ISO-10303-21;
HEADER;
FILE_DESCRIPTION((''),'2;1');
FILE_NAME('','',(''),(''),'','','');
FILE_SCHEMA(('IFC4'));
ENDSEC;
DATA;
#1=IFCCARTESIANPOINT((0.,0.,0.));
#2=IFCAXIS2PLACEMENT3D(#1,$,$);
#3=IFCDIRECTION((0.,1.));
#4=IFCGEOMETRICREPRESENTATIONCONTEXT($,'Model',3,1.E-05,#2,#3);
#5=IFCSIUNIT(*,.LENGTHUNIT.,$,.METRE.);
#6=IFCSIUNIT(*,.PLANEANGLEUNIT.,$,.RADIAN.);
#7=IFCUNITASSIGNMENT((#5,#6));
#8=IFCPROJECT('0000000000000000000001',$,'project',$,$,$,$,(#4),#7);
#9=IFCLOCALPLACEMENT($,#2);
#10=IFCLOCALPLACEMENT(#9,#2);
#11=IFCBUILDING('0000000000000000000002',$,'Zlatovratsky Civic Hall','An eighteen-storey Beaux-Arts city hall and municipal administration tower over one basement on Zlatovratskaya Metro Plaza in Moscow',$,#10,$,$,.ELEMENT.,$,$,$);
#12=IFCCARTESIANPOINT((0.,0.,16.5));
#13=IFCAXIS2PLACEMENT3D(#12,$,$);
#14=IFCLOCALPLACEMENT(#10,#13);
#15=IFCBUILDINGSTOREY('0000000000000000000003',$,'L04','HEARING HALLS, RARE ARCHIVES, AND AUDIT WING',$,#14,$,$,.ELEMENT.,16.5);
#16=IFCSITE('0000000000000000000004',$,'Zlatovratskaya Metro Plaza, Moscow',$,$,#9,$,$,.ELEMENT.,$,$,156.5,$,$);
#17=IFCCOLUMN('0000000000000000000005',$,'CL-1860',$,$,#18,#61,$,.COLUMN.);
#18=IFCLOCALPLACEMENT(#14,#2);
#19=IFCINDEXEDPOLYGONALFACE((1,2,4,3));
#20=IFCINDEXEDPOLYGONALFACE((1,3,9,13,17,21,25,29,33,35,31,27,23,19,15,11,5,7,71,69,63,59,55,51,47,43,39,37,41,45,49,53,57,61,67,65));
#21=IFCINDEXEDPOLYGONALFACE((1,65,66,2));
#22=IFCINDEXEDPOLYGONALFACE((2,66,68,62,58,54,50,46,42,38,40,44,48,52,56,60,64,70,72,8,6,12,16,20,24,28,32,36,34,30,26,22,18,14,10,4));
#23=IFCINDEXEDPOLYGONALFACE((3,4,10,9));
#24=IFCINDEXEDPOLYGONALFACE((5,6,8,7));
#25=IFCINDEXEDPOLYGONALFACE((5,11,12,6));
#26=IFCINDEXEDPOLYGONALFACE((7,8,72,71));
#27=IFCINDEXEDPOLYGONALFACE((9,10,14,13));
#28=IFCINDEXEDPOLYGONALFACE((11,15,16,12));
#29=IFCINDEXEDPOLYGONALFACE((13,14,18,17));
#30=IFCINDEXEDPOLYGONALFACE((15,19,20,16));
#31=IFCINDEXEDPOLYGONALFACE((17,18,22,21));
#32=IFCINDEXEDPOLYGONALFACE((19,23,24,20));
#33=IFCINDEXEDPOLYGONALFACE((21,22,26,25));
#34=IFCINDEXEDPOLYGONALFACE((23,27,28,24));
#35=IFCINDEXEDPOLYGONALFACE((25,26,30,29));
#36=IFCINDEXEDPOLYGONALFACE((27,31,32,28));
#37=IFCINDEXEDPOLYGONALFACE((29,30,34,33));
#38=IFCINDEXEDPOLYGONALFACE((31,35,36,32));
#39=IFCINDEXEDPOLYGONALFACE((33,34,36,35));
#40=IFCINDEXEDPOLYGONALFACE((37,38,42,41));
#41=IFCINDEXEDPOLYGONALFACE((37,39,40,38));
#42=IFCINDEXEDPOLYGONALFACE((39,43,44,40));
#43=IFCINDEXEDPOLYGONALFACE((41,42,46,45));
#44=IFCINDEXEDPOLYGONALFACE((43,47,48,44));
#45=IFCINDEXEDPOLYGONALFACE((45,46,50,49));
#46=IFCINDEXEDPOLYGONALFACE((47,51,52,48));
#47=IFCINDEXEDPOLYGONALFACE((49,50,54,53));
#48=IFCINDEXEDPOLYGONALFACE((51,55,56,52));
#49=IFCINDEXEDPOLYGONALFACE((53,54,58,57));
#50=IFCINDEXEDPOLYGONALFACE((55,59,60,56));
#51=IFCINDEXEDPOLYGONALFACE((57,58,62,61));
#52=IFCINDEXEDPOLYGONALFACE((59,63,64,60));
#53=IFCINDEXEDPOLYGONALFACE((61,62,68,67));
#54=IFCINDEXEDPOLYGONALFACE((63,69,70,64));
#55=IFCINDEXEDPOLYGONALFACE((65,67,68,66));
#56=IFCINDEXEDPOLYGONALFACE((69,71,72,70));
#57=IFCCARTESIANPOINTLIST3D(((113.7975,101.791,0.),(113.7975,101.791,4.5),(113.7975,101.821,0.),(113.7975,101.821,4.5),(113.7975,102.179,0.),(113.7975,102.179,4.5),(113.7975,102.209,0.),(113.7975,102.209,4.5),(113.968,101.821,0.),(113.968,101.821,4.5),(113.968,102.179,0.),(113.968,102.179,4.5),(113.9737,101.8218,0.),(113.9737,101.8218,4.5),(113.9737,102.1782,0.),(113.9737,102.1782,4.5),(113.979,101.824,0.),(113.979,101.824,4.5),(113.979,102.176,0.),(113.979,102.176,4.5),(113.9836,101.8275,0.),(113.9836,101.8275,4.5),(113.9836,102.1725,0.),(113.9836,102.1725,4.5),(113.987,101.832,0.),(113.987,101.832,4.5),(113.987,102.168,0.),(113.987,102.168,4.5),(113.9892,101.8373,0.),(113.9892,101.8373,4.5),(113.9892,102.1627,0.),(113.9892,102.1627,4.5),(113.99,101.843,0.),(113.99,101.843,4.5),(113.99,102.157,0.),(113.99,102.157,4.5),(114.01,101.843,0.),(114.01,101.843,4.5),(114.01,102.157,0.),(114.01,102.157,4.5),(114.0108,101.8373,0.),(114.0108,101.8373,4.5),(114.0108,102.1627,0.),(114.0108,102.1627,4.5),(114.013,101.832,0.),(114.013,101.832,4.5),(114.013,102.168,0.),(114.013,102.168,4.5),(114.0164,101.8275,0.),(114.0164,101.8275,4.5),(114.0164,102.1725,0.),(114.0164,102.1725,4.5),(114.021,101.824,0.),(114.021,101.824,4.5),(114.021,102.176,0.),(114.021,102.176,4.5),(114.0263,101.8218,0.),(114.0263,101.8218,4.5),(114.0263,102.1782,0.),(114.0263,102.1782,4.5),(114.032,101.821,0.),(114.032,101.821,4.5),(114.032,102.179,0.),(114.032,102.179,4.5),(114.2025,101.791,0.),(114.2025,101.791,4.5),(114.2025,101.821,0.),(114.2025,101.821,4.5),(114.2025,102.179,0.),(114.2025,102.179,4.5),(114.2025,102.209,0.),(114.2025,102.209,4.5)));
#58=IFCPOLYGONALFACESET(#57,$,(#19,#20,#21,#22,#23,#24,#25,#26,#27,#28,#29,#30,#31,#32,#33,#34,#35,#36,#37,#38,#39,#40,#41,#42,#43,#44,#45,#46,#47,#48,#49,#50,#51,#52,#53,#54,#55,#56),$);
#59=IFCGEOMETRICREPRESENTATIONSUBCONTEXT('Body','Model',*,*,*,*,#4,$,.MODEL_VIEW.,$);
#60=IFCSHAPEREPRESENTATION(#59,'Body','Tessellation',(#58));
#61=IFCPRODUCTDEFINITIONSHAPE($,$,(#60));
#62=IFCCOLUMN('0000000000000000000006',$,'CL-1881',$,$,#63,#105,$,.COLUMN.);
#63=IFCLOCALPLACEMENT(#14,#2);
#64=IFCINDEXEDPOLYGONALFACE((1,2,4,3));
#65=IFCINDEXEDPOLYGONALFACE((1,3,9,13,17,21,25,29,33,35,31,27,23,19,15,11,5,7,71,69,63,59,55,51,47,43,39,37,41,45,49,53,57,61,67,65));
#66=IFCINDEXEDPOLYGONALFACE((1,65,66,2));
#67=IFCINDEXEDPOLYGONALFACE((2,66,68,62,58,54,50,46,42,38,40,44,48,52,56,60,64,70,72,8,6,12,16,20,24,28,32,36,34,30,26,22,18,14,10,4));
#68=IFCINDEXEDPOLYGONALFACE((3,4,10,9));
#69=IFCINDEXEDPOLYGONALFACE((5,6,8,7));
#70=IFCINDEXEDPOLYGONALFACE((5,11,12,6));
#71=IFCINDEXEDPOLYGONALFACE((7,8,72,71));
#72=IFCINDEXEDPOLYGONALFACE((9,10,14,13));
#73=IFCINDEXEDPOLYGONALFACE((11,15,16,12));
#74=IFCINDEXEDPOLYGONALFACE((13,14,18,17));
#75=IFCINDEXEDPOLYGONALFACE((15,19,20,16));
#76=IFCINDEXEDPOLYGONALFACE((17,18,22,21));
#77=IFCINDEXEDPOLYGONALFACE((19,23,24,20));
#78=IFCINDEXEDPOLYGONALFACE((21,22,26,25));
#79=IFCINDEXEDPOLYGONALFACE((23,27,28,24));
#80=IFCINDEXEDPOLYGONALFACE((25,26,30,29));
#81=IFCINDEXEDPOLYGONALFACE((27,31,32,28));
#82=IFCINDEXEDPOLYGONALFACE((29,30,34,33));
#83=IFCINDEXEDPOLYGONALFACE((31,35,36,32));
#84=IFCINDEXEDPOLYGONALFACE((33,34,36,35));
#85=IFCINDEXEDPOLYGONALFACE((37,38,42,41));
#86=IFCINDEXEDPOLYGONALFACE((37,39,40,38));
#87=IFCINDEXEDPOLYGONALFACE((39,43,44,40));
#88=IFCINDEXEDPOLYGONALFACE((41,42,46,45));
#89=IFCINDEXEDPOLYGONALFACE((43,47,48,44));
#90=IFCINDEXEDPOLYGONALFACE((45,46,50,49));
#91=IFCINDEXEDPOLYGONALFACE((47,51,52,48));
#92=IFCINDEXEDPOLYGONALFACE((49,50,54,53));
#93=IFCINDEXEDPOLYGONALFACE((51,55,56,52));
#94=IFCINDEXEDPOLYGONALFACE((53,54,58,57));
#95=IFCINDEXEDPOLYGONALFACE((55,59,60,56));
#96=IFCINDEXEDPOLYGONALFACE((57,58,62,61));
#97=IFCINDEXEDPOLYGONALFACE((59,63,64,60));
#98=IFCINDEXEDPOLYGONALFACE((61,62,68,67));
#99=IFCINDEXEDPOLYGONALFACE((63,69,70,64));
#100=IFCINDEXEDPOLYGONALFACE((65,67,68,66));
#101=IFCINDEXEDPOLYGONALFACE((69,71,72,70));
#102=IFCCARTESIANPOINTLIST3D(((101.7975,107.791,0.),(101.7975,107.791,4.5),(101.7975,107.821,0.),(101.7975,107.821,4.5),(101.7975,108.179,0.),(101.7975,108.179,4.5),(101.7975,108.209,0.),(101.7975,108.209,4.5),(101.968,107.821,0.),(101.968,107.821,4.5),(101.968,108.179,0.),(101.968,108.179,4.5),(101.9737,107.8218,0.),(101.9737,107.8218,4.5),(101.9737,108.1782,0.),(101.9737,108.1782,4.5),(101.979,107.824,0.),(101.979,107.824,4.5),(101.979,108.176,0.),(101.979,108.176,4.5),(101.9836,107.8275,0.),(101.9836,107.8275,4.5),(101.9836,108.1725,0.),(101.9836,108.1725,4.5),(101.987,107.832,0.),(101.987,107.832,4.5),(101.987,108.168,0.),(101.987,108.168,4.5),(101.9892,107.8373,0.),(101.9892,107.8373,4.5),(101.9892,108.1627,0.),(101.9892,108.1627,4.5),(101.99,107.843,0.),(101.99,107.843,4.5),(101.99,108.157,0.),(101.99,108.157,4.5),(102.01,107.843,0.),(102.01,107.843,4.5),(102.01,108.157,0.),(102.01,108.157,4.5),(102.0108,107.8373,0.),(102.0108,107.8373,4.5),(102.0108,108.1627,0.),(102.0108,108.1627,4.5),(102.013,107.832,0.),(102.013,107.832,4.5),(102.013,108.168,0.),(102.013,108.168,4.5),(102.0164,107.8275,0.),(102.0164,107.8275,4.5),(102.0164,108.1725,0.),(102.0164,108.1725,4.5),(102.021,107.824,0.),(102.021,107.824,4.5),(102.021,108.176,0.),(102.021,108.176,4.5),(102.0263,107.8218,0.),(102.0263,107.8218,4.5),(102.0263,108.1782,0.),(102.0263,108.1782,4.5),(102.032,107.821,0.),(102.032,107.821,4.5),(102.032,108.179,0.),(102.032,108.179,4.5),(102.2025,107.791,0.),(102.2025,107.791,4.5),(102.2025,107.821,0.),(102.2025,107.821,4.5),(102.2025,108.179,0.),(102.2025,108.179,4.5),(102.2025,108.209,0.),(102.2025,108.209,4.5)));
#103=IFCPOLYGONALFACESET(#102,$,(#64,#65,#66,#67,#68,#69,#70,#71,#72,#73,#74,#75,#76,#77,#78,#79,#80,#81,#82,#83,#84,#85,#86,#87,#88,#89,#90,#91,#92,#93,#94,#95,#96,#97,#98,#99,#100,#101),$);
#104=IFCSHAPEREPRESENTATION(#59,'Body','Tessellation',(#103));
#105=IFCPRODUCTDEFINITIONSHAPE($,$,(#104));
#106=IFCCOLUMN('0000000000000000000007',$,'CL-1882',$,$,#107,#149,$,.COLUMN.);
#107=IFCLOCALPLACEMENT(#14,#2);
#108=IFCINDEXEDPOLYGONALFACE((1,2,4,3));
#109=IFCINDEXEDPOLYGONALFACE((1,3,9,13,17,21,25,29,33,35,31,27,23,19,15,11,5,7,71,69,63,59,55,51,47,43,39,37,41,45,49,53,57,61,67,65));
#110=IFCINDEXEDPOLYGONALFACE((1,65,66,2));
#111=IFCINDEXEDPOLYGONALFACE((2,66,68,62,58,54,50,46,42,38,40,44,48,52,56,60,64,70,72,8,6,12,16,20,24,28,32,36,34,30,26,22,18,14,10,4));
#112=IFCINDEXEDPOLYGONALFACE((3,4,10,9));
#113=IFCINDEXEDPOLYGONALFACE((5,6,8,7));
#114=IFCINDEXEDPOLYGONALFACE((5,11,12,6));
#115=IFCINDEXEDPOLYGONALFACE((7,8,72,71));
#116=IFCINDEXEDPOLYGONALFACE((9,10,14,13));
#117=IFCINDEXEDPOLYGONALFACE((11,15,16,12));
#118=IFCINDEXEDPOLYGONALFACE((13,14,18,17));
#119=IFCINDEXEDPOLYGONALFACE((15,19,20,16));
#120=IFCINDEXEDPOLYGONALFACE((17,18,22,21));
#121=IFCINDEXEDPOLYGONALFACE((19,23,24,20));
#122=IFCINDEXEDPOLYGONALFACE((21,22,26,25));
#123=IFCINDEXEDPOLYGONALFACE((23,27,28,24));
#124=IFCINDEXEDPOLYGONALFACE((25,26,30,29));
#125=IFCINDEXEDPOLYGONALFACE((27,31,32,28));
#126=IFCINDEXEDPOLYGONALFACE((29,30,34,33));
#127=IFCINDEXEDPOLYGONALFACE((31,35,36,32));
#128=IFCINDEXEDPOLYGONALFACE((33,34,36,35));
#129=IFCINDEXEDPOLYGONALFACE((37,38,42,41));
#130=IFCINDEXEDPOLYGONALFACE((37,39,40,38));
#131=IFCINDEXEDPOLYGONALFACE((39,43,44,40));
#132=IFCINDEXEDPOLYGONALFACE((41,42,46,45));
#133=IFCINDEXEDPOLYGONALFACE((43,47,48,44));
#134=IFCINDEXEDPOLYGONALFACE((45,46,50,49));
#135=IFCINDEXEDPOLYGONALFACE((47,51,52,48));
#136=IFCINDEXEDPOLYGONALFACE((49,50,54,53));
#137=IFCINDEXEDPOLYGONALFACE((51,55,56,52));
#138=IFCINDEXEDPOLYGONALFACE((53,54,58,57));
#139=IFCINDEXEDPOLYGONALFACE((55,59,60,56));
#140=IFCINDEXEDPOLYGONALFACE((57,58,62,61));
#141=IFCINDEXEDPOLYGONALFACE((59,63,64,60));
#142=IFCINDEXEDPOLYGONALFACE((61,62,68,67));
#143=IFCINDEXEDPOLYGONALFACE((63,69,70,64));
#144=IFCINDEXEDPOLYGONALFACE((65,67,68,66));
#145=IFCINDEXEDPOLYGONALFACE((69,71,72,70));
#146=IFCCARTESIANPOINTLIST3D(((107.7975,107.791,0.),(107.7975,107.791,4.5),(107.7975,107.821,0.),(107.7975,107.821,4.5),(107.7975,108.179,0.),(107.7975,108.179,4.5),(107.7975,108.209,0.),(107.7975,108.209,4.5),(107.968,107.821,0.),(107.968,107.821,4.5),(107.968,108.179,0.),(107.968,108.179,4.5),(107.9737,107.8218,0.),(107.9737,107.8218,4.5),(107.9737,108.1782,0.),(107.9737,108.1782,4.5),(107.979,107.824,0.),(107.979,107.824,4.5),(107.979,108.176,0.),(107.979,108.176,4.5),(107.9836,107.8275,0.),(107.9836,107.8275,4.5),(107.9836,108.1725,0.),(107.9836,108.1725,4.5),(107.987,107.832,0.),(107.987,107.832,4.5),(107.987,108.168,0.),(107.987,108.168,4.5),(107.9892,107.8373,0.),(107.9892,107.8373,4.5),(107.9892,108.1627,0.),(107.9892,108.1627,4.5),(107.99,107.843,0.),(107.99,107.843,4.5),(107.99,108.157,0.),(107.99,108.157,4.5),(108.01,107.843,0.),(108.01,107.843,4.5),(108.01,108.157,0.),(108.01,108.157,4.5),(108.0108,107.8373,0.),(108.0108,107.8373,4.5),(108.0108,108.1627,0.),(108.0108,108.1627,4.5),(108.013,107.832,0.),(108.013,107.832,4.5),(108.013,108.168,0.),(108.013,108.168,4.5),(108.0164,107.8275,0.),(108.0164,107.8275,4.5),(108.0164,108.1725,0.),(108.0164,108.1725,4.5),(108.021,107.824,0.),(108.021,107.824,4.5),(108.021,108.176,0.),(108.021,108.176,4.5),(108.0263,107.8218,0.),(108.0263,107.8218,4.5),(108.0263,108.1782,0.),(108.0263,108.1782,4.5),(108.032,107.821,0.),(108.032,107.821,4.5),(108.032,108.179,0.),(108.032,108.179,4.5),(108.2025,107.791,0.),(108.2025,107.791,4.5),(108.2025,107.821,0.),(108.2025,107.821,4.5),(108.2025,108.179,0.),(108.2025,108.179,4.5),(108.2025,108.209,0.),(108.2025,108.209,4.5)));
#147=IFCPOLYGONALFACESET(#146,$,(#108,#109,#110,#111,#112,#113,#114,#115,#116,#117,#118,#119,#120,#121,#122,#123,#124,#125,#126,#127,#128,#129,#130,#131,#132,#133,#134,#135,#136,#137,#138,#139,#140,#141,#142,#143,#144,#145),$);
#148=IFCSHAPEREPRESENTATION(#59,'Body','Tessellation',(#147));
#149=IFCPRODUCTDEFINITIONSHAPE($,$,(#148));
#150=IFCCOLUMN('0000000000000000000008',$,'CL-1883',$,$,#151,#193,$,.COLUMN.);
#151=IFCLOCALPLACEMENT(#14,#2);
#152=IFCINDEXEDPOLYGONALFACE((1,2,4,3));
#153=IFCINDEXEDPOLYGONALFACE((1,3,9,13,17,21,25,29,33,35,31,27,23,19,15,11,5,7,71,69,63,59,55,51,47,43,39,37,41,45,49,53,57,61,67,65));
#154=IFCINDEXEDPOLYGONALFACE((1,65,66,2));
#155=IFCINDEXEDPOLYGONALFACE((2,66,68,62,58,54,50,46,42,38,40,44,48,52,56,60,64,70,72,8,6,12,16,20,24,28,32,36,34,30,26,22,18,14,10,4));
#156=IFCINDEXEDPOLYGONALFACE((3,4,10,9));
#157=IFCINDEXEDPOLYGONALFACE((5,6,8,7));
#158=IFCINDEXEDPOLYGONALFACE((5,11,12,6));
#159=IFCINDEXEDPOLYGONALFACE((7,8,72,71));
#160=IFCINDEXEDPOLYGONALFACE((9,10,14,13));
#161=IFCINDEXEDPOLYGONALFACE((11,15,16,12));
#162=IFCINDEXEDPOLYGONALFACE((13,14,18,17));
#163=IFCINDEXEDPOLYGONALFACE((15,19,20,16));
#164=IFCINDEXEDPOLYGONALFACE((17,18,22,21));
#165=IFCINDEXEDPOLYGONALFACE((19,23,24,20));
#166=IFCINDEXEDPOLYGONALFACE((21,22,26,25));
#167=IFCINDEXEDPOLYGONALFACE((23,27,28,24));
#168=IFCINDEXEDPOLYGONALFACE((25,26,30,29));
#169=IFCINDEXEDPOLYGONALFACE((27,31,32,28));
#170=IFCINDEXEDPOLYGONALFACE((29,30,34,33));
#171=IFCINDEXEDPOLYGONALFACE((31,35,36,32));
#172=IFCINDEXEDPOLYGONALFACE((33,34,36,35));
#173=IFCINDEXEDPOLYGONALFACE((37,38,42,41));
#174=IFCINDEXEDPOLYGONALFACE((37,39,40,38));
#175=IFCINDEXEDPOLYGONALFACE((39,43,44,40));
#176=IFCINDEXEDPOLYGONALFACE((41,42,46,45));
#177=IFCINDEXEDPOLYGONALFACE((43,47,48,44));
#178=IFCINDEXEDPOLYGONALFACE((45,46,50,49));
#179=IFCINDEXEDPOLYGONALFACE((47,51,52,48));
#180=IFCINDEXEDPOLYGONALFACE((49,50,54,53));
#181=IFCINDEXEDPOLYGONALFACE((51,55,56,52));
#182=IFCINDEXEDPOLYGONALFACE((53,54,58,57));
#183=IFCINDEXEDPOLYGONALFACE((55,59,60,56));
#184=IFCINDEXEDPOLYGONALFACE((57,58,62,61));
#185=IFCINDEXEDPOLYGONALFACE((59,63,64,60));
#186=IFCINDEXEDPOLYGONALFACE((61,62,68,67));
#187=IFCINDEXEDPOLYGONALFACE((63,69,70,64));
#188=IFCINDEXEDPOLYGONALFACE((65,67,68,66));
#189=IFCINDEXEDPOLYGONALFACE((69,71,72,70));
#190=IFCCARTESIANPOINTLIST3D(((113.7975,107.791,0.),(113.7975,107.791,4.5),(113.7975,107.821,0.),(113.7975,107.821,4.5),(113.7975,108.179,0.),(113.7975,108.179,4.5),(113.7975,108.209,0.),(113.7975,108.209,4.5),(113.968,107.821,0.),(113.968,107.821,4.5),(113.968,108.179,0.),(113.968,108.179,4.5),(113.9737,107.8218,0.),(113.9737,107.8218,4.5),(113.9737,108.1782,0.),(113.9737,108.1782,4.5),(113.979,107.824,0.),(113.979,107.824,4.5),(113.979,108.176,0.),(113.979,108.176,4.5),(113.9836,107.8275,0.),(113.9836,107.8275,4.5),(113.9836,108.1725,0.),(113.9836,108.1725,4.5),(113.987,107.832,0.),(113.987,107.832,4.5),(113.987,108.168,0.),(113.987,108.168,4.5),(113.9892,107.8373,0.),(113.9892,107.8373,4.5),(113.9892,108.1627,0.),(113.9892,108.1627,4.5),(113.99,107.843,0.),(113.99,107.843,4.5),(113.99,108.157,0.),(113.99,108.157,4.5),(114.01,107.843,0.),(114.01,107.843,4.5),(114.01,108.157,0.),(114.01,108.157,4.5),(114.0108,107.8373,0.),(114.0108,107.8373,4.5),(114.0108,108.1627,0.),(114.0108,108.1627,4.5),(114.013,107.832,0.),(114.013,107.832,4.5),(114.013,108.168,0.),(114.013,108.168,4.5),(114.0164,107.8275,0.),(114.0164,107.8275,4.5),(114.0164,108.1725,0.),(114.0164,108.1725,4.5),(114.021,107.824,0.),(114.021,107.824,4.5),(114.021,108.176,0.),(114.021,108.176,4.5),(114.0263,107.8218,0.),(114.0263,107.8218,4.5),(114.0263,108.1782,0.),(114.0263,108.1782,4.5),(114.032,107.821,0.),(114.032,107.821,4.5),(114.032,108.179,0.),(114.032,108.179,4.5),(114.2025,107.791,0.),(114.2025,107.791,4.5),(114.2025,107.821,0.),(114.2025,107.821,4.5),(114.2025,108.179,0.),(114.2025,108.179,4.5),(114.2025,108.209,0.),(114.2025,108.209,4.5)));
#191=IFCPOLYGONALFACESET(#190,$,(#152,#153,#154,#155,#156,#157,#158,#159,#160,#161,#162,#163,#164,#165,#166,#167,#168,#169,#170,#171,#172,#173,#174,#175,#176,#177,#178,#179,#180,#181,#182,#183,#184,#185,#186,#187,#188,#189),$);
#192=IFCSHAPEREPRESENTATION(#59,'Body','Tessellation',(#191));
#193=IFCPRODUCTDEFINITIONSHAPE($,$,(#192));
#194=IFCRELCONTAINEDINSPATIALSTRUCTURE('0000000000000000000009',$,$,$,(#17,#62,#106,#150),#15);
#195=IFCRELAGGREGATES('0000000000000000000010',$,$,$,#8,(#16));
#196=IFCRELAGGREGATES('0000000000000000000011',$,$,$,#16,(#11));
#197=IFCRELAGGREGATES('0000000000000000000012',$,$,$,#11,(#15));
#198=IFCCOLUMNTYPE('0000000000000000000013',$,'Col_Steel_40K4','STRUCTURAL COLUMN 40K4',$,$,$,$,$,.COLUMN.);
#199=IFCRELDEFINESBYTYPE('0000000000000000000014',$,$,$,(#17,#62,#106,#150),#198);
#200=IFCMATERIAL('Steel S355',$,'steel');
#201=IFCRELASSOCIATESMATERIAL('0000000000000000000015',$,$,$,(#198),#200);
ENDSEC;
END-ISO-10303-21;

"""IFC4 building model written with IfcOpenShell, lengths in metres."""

from ifc_helpers import new_model, si_unit, direction, frame, origin, origin_2d, place, context, subcontext, project, spatial, i_section, extrude, material, material_profile, profile_set, type_object, element, save


model = new_model("IFC4")

# Units and contexts
model_context = context("Model", 3, precision=1e-05, world=origin(), true_north=direction((0.0, 1.0)))
body_context = subcontext(model_context, "Body", "Model", "MODEL_VIEW")
ifc_project = project(units=[si_unit("LENGTHUNIT", "METRE"), si_unit("PLANEANGLEUNIT", "RADIAN")], contexts=[model_context])

# Site, building, storey
site_placement = place(None, origin())
site = spatial("IfcSite", under=ifc_project, at=site_placement, Name="Zlatovratskaya Metro Plaza, Moscow", CompositionType="ELEMENT", RefElevation=156.5)
building_placement = place(site_placement, origin())
building = spatial("IfcBuilding", under=site, at=building_placement, Name="Zlatovratsky Civic Hall", Description="An eighteen-storey Beaux-Arts city hall and municipal administration tower over one basement on Zlatovratskaya Metro Plaza in Moscow", CompositionType="ELEMENT")
storey_placement = place(building_placement, frame((0.0, 0.0, 16.5)))
storey = spatial("IfcBuildingStorey", under=building, at=storey_placement, Name="L04", Description="HEARING HALLS, RARE ARCHIVES, AND AUDIT WING", CompositionType="ELEMENT", Elevation=16.5)

# Columns
ifc_material_1 = material(Name="Steel S355", Category="steel")
ifc_material_profile_1 = material_profile(ifc_material_1, i_section(OverallWidth=0.405, OverallDepth=0.418, WebThickness=0.02, FlangeThickness=0.03, FilletRadius=0.022, at=origin_2d()), Name="40K4")
ifc_profile_set_1 = profile_set([ifc_material_profile_1], Name="Steel S355")
column_type_1 = type_object("IfcColumnType", Name="Col_Steel_40K4", Description="STRUCTURAL COLUMN 40K4", PredefinedType="COLUMN", material=ifc_profile_set_1)
for number, where, z_axis, x_axis, name in (
    (1, (114.0, 102.0, 0.0), (0.0, 0.0, 1.0), (1.0, 0.0, 0.0), "CL-1860"),
    (2, (102.0, 108.0, 0.0), (0.0, 0.0, 1.0), (1.0, 0.0, 0.0), "CL-1881"),
    (3, (108.0, 108.0, 0.0), (0.0, 0.0, 1.0), (1.0, 0.0, 0.0), "CL-1882"),
    (4, (114.0, 108.0, 0.0), (0.0, 0.0, 1.0), (1.0, 0.0, 0.0), "CL-1883"),
):
    element("IfcColumn", number, at=place(storey_placement, frame(where, z_axis=z_axis, x_axis=x_axis)), inside=storey, type_object=column_type_1, Name=name, PredefinedType="COLUMN", context=body_context, shape_type="SweptSolid", body=[
        extrude(i_section(OverallWidth=0.405, OverallDepth=0.418, WebThickness=0.02, FlangeThickness=0.03, FilletRadius=0.022, at=origin_2d()), origin(), (0.0, 0.0, 1.0), 4.5),
    ])

save(model, "model.ifc")
